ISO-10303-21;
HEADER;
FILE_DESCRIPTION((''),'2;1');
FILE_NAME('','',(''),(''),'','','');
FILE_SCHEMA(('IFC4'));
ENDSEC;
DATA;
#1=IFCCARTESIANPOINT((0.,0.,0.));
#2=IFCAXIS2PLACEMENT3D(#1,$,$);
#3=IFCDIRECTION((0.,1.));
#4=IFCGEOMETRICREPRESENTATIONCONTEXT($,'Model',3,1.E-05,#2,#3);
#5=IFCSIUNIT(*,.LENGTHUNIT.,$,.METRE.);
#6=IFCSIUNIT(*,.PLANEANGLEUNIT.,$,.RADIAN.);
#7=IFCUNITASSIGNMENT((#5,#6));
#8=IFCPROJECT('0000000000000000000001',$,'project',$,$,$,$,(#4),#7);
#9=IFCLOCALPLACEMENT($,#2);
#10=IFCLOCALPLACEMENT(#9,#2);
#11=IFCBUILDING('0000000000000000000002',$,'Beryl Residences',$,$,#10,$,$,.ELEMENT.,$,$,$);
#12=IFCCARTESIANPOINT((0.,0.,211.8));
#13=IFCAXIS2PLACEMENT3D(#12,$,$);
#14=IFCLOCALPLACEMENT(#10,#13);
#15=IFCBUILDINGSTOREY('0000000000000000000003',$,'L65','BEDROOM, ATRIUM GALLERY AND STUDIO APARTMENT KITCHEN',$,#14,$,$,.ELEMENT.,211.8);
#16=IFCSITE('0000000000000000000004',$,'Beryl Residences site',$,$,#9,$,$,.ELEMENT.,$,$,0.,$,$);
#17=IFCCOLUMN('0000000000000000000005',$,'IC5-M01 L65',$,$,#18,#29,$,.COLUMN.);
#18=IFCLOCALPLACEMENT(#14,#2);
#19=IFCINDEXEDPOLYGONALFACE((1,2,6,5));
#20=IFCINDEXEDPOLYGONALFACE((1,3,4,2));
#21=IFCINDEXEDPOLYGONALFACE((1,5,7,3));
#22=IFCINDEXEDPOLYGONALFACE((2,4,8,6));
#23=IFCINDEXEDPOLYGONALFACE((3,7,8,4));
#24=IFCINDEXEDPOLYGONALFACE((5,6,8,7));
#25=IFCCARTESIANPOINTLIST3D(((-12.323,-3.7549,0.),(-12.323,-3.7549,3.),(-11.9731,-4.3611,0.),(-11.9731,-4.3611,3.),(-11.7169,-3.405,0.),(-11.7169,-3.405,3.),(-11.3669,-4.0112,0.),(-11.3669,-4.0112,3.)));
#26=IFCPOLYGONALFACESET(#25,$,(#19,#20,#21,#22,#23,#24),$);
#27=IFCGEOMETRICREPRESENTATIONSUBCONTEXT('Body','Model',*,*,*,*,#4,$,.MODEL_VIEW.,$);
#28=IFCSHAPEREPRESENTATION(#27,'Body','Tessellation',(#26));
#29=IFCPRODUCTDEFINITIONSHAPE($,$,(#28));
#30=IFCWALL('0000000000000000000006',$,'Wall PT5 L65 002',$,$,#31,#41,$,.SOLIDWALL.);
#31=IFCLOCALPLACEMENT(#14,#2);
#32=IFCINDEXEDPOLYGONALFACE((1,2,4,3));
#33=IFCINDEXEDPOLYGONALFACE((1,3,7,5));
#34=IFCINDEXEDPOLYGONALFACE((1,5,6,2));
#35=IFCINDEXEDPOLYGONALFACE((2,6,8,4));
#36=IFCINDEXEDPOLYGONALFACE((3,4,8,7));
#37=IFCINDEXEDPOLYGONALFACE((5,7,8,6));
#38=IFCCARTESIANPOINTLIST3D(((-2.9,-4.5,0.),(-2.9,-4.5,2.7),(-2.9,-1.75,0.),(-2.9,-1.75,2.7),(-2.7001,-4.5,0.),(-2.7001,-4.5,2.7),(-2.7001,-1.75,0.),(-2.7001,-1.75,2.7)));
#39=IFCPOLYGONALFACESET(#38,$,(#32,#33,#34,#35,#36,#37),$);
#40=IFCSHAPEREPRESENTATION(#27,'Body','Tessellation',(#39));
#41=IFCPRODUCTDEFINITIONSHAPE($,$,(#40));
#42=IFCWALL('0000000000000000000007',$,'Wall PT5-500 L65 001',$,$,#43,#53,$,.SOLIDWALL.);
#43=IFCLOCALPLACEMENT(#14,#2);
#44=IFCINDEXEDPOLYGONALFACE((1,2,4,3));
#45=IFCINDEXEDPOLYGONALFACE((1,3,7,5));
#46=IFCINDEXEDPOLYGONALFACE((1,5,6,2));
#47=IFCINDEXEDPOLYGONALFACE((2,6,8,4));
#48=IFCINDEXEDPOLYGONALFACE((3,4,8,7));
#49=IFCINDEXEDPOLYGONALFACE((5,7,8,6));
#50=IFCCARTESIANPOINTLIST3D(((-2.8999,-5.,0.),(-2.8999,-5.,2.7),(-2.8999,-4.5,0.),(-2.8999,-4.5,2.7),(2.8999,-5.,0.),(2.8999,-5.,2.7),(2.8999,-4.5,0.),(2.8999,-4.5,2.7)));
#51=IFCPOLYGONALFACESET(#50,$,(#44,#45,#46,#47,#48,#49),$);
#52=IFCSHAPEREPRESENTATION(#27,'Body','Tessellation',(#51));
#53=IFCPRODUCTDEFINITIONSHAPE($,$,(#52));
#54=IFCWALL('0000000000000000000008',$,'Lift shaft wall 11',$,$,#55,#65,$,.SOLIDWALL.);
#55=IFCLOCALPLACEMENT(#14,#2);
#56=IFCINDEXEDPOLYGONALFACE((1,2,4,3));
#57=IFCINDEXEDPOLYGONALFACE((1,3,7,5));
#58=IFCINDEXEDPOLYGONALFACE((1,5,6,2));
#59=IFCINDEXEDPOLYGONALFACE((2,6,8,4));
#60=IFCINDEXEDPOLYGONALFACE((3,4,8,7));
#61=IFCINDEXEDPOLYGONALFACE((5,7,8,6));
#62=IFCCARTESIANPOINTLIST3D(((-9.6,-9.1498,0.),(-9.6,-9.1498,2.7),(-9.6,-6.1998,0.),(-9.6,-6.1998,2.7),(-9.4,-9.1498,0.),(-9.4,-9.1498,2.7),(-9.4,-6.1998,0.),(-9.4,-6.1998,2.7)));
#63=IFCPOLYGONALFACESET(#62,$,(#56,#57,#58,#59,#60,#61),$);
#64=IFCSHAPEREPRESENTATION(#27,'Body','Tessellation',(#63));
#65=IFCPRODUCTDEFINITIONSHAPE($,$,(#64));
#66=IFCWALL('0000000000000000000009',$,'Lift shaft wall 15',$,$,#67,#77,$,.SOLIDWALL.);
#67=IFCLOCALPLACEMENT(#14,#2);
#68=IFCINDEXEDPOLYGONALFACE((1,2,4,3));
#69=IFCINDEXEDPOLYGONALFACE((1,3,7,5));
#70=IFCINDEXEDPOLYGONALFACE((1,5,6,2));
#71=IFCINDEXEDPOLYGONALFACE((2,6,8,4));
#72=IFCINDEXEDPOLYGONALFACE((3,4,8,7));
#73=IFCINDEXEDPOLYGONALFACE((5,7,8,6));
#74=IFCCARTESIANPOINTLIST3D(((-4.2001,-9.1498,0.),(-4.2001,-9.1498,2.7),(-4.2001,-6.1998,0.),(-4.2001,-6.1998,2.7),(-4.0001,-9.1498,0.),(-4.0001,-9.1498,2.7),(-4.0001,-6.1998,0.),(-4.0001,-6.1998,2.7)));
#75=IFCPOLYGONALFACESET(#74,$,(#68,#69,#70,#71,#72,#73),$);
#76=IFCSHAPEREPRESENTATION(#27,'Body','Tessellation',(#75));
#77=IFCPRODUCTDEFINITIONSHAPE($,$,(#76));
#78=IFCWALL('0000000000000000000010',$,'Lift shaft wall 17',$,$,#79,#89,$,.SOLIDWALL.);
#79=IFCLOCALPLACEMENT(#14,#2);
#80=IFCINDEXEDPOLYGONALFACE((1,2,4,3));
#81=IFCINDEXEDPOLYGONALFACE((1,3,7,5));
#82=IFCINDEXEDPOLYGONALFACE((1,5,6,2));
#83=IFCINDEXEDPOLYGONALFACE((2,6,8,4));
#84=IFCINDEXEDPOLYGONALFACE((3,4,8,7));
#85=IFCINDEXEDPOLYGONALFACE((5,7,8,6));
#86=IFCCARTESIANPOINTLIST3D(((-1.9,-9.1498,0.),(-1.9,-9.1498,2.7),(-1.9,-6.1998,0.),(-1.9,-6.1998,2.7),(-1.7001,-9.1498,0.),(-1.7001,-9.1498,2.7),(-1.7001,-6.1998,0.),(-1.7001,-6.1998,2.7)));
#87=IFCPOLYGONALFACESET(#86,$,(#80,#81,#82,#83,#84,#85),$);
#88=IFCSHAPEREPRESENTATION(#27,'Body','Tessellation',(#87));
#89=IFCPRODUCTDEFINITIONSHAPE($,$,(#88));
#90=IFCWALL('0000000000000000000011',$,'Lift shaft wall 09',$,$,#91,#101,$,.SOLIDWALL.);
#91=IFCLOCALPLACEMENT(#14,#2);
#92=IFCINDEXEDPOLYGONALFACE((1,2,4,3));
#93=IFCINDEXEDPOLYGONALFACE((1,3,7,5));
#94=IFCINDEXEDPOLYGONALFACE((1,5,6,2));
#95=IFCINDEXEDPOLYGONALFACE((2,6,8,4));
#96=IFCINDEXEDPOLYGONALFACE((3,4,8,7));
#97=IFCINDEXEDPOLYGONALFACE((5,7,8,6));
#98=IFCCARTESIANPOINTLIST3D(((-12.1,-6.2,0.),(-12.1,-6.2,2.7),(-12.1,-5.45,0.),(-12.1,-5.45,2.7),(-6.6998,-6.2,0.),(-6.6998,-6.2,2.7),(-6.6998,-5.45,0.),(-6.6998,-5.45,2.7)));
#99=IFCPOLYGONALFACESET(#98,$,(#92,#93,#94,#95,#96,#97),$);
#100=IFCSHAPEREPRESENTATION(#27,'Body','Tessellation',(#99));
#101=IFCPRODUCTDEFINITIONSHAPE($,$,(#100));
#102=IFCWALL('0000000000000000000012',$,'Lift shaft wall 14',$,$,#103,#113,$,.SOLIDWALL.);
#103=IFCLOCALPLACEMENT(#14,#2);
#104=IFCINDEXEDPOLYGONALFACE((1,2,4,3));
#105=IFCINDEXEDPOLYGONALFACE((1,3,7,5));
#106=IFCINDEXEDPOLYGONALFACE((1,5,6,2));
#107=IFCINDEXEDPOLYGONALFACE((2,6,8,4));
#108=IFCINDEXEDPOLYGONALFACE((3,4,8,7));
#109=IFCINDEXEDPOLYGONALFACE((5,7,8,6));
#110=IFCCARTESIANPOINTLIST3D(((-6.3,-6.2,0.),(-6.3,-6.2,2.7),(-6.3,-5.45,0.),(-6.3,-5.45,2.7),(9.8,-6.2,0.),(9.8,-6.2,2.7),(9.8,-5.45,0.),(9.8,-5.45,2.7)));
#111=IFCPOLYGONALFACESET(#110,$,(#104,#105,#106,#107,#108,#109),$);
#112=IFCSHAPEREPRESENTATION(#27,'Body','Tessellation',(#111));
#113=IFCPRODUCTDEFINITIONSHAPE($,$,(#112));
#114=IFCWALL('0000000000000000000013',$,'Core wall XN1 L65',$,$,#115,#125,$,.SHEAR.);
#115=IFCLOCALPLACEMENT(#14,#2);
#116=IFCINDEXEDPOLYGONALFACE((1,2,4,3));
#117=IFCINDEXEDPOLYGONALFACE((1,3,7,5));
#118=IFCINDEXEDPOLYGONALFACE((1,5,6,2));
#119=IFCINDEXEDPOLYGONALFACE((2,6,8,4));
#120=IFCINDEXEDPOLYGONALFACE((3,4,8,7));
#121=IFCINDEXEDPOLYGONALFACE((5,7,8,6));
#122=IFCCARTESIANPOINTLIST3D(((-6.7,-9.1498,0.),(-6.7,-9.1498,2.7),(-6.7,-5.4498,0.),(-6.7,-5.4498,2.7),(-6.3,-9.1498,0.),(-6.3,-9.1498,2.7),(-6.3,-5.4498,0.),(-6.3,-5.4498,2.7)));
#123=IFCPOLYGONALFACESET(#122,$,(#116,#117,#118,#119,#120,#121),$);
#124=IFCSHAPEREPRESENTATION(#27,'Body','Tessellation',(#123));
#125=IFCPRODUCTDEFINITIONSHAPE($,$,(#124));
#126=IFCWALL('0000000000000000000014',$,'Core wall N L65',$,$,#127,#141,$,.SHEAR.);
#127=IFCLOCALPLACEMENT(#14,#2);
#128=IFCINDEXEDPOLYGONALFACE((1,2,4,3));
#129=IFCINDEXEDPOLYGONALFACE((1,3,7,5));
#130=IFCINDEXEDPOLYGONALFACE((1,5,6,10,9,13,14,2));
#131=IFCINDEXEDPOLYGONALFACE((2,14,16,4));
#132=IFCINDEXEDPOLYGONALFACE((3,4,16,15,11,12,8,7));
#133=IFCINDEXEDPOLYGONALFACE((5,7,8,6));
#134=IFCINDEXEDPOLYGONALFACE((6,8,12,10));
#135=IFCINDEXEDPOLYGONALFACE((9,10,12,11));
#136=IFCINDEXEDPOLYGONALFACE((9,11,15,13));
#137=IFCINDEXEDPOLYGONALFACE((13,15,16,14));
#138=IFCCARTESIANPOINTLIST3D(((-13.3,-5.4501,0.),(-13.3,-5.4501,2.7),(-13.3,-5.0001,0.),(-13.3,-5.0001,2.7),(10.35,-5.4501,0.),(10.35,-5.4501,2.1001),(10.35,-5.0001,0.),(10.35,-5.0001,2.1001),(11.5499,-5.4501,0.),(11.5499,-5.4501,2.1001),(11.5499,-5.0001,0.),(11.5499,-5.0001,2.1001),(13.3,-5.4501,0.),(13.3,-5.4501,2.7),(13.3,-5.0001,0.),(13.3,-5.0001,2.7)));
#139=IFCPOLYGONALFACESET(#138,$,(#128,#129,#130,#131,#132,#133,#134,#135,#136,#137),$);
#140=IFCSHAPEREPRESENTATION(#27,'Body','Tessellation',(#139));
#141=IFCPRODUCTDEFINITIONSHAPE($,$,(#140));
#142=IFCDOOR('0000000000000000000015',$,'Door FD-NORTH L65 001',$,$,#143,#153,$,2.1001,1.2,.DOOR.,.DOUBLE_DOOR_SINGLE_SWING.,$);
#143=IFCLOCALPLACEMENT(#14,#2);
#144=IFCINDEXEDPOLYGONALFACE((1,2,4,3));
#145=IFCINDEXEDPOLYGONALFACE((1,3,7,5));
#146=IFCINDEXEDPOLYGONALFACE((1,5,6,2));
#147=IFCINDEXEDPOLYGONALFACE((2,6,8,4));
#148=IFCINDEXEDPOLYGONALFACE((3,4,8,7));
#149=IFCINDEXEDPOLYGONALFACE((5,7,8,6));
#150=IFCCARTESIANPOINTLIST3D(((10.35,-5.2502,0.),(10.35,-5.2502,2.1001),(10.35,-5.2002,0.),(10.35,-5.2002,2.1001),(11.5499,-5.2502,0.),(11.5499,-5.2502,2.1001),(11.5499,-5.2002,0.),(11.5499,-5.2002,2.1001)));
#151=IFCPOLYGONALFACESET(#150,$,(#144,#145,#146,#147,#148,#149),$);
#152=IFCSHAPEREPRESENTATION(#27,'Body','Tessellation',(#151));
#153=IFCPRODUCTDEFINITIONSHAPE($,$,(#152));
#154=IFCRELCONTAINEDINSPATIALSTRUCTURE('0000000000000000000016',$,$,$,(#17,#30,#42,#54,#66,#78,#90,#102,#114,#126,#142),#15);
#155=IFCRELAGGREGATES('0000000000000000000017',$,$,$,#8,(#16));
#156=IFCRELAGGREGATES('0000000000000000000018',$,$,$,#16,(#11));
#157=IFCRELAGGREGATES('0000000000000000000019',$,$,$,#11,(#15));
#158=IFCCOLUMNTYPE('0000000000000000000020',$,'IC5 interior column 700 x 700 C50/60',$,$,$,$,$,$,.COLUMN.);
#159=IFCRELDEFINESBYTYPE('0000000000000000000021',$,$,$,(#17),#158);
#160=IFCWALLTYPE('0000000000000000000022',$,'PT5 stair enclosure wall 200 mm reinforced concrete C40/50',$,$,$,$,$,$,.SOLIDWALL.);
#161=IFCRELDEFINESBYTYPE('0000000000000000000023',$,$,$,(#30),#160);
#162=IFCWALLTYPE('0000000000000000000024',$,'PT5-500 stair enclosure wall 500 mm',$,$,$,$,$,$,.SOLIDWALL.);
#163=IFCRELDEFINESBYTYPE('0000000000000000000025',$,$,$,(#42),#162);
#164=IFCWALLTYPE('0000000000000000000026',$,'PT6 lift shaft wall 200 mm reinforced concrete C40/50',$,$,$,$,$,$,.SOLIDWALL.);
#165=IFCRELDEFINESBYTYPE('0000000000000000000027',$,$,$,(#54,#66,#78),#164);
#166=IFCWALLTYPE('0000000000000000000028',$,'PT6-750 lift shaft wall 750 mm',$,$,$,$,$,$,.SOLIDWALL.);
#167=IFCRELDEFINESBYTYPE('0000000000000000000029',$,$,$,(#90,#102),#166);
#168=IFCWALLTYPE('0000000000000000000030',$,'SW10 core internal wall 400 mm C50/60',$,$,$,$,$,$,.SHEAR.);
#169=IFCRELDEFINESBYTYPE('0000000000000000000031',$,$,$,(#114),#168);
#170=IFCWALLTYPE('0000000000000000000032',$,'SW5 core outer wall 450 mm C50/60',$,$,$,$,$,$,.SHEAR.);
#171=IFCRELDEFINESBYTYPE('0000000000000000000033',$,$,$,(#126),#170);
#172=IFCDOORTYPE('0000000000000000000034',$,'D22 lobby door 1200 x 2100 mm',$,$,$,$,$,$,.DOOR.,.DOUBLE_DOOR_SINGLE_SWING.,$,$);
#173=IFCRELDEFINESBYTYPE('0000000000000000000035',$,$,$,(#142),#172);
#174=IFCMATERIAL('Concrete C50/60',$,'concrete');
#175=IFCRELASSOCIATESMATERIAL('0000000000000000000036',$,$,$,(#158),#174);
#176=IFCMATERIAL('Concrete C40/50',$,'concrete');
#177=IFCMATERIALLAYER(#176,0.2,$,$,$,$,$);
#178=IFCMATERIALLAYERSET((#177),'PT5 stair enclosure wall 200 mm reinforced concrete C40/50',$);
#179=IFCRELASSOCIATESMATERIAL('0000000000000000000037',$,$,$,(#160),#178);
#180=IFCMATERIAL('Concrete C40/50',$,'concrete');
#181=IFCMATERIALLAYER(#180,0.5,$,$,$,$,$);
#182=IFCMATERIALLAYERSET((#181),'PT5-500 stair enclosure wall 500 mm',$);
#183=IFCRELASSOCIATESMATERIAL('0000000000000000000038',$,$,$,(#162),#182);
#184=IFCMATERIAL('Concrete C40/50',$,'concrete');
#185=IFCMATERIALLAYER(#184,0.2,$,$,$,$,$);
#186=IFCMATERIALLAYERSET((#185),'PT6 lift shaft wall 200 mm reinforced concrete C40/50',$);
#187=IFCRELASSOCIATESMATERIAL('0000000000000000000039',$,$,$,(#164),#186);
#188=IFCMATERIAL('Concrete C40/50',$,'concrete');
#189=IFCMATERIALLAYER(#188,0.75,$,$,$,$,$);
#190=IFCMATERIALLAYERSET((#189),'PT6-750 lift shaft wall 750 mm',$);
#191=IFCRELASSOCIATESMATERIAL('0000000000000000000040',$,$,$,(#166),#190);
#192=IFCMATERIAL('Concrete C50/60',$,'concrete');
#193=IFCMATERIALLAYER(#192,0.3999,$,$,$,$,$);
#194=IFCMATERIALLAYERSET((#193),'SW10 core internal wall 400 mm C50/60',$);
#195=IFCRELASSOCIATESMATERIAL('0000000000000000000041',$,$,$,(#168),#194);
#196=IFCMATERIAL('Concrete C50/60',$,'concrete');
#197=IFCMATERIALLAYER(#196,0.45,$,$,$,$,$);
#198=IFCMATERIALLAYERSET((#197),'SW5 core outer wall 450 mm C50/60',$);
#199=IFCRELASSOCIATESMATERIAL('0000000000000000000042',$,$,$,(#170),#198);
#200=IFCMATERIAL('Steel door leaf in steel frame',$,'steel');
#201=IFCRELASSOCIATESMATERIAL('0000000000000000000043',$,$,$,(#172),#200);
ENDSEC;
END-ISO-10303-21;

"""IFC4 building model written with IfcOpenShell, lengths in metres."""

from ifc_helpers import new_model, si_unit, direction, frame, frame_2d, origin, origin_2d, place, context, subcontext, project, spatial, rectangle, extrude, material, layer, layer_set, material_profile, profile_set, type_object, element, fill, save


model = new_model("IFC4")

# Units and contexts
model_context = context("Model", 3, precision=1e-05, world=origin(), true_north=direction((0.0, 1.0)))
body_context = subcontext(model_context, "Body", "Model", "MODEL_VIEW")
ifc_project = project(units=[si_unit("LENGTHUNIT", "METRE"), si_unit("PLANEANGLEUNIT", "RADIAN")], contexts=[model_context])

# Site, building, storey
site_placement = place(None, origin())
site = spatial("IfcSite", under=ifc_project, at=site_placement, Name="Beryl Residences site", CompositionType="ELEMENT", RefElevation=0.0)
building_placement = place(site_placement, origin())
building = spatial("IfcBuilding", under=site, at=building_placement, Name="Beryl Residences", CompositionType="ELEMENT")
storey_placement = place(building_placement, frame((0.0, 0.0, 211.8)))
storey = spatial("IfcBuildingStorey", under=building, at=storey_placement, Name="L65", Description="BEDROOM, ATRIUM GALLERY AND STUDIO APARTMENT KITCHEN", CompositionType="ELEMENT", Elevation=211.8)

# Column
ifc_material_1 = material(Name="Concrete C50/60", Category="concrete")
ifc_material_profile = material_profile(ifc_material_1, rectangle(XDim=0.7, YDim=0.7, at=origin_2d()))
ifc_profile_set = profile_set([ifc_material_profile], Name="Concrete C50/60")
column_type = type_object("IfcColumnType", Name="IC5 interior column 700 x 700 C50/60", PredefinedType="COLUMN", material=ifc_profile_set)
column_placement = place(storey_placement, frame((-11.845, -3.8831, 0.0), z_axis=(0.0, 0.0, 1.0), x_axis=(0.499985, -0.866034, 0.0)))
element("IfcColumn", 1, at=column_placement, inside=storey, type_object=column_type, Name="IC5-M01 L65", PredefinedType="COLUMN", context=body_context, shape_type="SweptSolid", body=[
    extrude(rectangle(XDim=0.7, YDim=0.7, at=origin_2d()), origin(), (0.0, 0.0, 1.0), 3.0),
])

# Walls
ifc_material_2 = material(Name="Concrete C40/50", Category="concrete")
ifc_layer_1 = layer(ifc_material_2, 0.2)
ifc_layer_set_1 = layer_set([ifc_layer_1], Name="PT5 stair enclosure wall 200 mm reinforced concrete C40/50")
wall_type_1 = type_object("IfcWallType", Name="PT5 stair enclosure wall 200 mm reinforced concrete C40/50", PredefinedType="SOLIDWALL", material=ifc_layer_set_1)
wall_1_placement = place(storey_placement, frame((-2.8, -4.5, 0.0), z_axis=(0.0, 0.0, 1.0), x_axis=(0.0, 1.0, 0.0)))
element("IfcWall", 2, at=wall_1_placement, inside=storey, type_object=wall_type_1, Name="Wall PT5 L65 002", PredefinedType="SOLIDWALL", context=body_context, shape_type="SweptSolid", body=[
    extrude(rectangle(XDim=2.75, YDim=0.2, at=frame_2d((1.375, 0.0))), origin(), (0.0, 0.0, 1.0), 2.7),
])
ifc_material_3 = material(Name="Concrete C40/50", Category="concrete")
ifc_layer_2 = layer(ifc_material_3, 0.5)
ifc_layer_set_2 = layer_set([ifc_layer_2], Name="PT5-500 stair enclosure wall 500 mm")
wall_type_2 = type_object("IfcWallType", Name="PT5-500 stair enclosure wall 500 mm", PredefinedType="SOLIDWALL", material=ifc_layer_set_2)
wall_2_placement = place(storey_placement, frame((-2.8999, -4.75, 0.0), z_axis=(0.0, 0.0, 1.0), x_axis=(1.0, 0.0, 0.0)))
element("IfcWall", 3, at=wall_2_placement, inside=storey, type_object=wall_type_2, Name="Wall PT5-500 L65 001", PredefinedType="SOLIDWALL", context=body_context, shape_type="SweptSolid", body=[
    extrude(rectangle(XDim=5.7998, YDim=0.5, at=frame_2d((2.8999, 0.0))), origin(), (0.0, 0.0, 1.0), 2.7),
])
ifc_material_4 = material(Name="Concrete C40/50", Category="concrete")
ifc_layer_3 = layer(ifc_material_4, 0.2)
ifc_layer_set_3 = layer_set([ifc_layer_3], Name="PT6 lift shaft wall 200 mm reinforced concrete C40/50")
wall_type_3 = type_object("IfcWallType", Name="PT6 lift shaft wall 200 mm reinforced concrete C40/50", PredefinedType="SOLIDWALL", material=ifc_layer_set_3)
for number, where, z_axis, x_axis, name in (
    (4, (-9.5, -9.1499, 0.0), (0.0, 0.0, 1.0), (0.0, 1.0, 0.0), "Lift shaft wall 11"),
    (5, (-4.1001, -9.1499, 0.0), (0.0, 0.0, 1.0), (0.0, 1.0, 0.0), "Lift shaft wall 15"),
    (6, (-1.8, -9.1499, 0.0), (0.0, 0.0, 1.0), (0.0, 1.0, 0.0), "Lift shaft wall 17"),
):
    element("IfcWall", number, at=place(storey_placement, frame(where, z_axis=z_axis, x_axis=x_axis)), inside=storey, type_object=wall_type_3, Name=name, PredefinedType="SOLIDWALL", context=body_context, shape_type="SweptSolid", body=[
        extrude(rectangle(XDim=2.95, YDim=0.2, at=frame_2d((1.4751, 0.0))), origin(), (0.0, 0.0, 1.0), 2.7),
    ])
ifc_material_5 = material(Name="Concrete C40/50", Category="concrete")
ifc_layer_4 = layer(ifc_material_5, 0.75)
ifc_layer_set_4 = layer_set([ifc_layer_4], Name="PT6-750 lift shaft wall 750 mm")
wall_type_4 = type_object("IfcWallType", Name="PT6-750 lift shaft wall 750 mm", PredefinedType="SOLIDWALL", material=ifc_layer_set_4)
wall_3_placement = place(storey_placement, frame((-12.1001, -5.825, 0.0), z_axis=(0.0, 0.0, 1.0), x_axis=(1.0, 0.0, 0.0)))
element("IfcWall", 7, at=wall_3_placement, inside=storey, type_object=wall_type_4, Name="Lift shaft wall 09", PredefinedType="SOLIDWALL", context=body_context, shape_type="SweptSolid", body=[
    extrude(rectangle(XDim=5.4001, YDim=0.75, at=frame_2d((2.7002, 0.0))), origin(), (0.0, 0.0, 1.0), 2.7),
])
wall_4_placement = place(storey_placement, frame((-6.3, -5.825, 0.0), z_axis=(0.0, 0.0, 1.0), x_axis=(1.0, 0.0, 0.0)))
element("IfcWall", 8, at=wall_4_placement, inside=storey, type_object=wall_type_4, Name="Lift shaft wall 14", PredefinedType="SOLIDWALL", context=body_context, shape_type="SweptSolid", body=[
    extrude(rectangle(XDim=16.1001, YDim=0.75, at=frame_2d((8.05, 0.0))), origin(), (0.0, 0.0, 1.0), 2.7),
])
ifc_material_6 = material(Name="Concrete C50/60", Category="concrete")
ifc_layer_5 = layer(ifc_material_6, 0.3999)
ifc_layer_set_5 = layer_set([ifc_layer_5], Name="SW10 core internal wall 400 mm C50/60")
wall_type_5 = type_object("IfcWallType", Name="SW10 core internal wall 400 mm C50/60", PredefinedType="SHEAR", material=ifc_layer_set_5)
wall_5_placement = place(storey_placement, frame((-6.5, -9.1499, 0.0), z_axis=(0.0, 0.0, 1.0), x_axis=(0.0, 1.0, 0.0)))
element("IfcWall", 9, at=wall_5_placement, inside=storey, type_object=wall_type_5, Name="Core wall XN1 L65", PredefinedType="SHEAR", context=body_context, shape_type="SweptSolid", body=[
    extrude(rectangle(XDim=3.7, YDim=0.3999, at=frame_2d((1.8501, 0.0))), origin(), (0.0, 0.0, 1.0), 2.7),
])

# Wall, opening, door
ifc_material_7 = material(Name="Concrete C50/60", Category="concrete")
ifc_layer_6 = layer(ifc_material_7, 0.45)
ifc_layer_set_6 = layer_set([ifc_layer_6], Name="SW5 core outer wall 450 mm C50/60")
wall_type_6 = type_object("IfcWallType", Name="SW5 core outer wall 450 mm C50/60", PredefinedType="SHEAR", material=ifc_layer_set_6)
wall_6_placement = place(storey_placement, frame((-13.3, -5.2251, 0.0), z_axis=(0.0, 0.0, 1.0), x_axis=(1.0, 0.0, 0.0)))
wall_6 = element("IfcWall", 10, at=wall_6_placement, inside=storey, type_object=wall_type_6, Name="Core wall N L65", PredefinedType="SHEAR", context=body_context, shape_type="SweptSolid", body=[
    extrude(rectangle(XDim=26.6001, YDim=0.45, at=frame_2d((13.3, 0.0))), origin(), (0.0, 0.0, 1.0), 2.7),
])
opening_placement = place(wall_6_placement, frame((23.6499, 0.0, 0.0)))
opening = element("IfcOpeningElement", 11, at=opening_placement, cuts=wall_6, PredefinedType="OPENING", context=body_context, shape_type="SweptSolid", body=[
    extrude(rectangle(XDim=1.2, YDim=2.1001, at=frame_2d((0.6001, 1.05))), frame((0.0, 0.2349, 0.0), z_axis=(0.0, -1.0, 0.0), x_axis=(1.0, 0.0, 0.0)), (0.0, 0.0, 1.0), 0.47),
])
ifc_material_8 = material(Name="Steel door leaf in steel frame", Category="steel")
door_type = type_object("IfcDoorType", Name="D22 lobby door 1200 x 2100 mm", OperationType="DOUBLE_DOOR_SINGLE_SWING", PredefinedType="DOOR", material=ifc_material_8)
door_placement = place(opening_placement, origin())
door = element("IfcDoor", 12, at=door_placement, inside=storey, type_object=door_type, Name="Door FD-NORTH L65 001", OperationType="DOUBLE_DOOR_SINGLE_SWING", OverallHeight=2.1001, OverallWidth=1.2, PredefinedType="DOOR", context=body_context, shape_type="SweptSolid", body=[
    extrude(rectangle(XDim=1.2, YDim=2.1001, at=frame_2d((0.6001, 1.05))), frame((0.0, 0.0249, 0.0), z_axis=(0.0, -1.0, 0.0), x_axis=(1.0, 0.0, 0.0)), (0.0, 0.0, 1.0), 0.05),
])
fill(opening, door)

save(model, "model.ifc")
